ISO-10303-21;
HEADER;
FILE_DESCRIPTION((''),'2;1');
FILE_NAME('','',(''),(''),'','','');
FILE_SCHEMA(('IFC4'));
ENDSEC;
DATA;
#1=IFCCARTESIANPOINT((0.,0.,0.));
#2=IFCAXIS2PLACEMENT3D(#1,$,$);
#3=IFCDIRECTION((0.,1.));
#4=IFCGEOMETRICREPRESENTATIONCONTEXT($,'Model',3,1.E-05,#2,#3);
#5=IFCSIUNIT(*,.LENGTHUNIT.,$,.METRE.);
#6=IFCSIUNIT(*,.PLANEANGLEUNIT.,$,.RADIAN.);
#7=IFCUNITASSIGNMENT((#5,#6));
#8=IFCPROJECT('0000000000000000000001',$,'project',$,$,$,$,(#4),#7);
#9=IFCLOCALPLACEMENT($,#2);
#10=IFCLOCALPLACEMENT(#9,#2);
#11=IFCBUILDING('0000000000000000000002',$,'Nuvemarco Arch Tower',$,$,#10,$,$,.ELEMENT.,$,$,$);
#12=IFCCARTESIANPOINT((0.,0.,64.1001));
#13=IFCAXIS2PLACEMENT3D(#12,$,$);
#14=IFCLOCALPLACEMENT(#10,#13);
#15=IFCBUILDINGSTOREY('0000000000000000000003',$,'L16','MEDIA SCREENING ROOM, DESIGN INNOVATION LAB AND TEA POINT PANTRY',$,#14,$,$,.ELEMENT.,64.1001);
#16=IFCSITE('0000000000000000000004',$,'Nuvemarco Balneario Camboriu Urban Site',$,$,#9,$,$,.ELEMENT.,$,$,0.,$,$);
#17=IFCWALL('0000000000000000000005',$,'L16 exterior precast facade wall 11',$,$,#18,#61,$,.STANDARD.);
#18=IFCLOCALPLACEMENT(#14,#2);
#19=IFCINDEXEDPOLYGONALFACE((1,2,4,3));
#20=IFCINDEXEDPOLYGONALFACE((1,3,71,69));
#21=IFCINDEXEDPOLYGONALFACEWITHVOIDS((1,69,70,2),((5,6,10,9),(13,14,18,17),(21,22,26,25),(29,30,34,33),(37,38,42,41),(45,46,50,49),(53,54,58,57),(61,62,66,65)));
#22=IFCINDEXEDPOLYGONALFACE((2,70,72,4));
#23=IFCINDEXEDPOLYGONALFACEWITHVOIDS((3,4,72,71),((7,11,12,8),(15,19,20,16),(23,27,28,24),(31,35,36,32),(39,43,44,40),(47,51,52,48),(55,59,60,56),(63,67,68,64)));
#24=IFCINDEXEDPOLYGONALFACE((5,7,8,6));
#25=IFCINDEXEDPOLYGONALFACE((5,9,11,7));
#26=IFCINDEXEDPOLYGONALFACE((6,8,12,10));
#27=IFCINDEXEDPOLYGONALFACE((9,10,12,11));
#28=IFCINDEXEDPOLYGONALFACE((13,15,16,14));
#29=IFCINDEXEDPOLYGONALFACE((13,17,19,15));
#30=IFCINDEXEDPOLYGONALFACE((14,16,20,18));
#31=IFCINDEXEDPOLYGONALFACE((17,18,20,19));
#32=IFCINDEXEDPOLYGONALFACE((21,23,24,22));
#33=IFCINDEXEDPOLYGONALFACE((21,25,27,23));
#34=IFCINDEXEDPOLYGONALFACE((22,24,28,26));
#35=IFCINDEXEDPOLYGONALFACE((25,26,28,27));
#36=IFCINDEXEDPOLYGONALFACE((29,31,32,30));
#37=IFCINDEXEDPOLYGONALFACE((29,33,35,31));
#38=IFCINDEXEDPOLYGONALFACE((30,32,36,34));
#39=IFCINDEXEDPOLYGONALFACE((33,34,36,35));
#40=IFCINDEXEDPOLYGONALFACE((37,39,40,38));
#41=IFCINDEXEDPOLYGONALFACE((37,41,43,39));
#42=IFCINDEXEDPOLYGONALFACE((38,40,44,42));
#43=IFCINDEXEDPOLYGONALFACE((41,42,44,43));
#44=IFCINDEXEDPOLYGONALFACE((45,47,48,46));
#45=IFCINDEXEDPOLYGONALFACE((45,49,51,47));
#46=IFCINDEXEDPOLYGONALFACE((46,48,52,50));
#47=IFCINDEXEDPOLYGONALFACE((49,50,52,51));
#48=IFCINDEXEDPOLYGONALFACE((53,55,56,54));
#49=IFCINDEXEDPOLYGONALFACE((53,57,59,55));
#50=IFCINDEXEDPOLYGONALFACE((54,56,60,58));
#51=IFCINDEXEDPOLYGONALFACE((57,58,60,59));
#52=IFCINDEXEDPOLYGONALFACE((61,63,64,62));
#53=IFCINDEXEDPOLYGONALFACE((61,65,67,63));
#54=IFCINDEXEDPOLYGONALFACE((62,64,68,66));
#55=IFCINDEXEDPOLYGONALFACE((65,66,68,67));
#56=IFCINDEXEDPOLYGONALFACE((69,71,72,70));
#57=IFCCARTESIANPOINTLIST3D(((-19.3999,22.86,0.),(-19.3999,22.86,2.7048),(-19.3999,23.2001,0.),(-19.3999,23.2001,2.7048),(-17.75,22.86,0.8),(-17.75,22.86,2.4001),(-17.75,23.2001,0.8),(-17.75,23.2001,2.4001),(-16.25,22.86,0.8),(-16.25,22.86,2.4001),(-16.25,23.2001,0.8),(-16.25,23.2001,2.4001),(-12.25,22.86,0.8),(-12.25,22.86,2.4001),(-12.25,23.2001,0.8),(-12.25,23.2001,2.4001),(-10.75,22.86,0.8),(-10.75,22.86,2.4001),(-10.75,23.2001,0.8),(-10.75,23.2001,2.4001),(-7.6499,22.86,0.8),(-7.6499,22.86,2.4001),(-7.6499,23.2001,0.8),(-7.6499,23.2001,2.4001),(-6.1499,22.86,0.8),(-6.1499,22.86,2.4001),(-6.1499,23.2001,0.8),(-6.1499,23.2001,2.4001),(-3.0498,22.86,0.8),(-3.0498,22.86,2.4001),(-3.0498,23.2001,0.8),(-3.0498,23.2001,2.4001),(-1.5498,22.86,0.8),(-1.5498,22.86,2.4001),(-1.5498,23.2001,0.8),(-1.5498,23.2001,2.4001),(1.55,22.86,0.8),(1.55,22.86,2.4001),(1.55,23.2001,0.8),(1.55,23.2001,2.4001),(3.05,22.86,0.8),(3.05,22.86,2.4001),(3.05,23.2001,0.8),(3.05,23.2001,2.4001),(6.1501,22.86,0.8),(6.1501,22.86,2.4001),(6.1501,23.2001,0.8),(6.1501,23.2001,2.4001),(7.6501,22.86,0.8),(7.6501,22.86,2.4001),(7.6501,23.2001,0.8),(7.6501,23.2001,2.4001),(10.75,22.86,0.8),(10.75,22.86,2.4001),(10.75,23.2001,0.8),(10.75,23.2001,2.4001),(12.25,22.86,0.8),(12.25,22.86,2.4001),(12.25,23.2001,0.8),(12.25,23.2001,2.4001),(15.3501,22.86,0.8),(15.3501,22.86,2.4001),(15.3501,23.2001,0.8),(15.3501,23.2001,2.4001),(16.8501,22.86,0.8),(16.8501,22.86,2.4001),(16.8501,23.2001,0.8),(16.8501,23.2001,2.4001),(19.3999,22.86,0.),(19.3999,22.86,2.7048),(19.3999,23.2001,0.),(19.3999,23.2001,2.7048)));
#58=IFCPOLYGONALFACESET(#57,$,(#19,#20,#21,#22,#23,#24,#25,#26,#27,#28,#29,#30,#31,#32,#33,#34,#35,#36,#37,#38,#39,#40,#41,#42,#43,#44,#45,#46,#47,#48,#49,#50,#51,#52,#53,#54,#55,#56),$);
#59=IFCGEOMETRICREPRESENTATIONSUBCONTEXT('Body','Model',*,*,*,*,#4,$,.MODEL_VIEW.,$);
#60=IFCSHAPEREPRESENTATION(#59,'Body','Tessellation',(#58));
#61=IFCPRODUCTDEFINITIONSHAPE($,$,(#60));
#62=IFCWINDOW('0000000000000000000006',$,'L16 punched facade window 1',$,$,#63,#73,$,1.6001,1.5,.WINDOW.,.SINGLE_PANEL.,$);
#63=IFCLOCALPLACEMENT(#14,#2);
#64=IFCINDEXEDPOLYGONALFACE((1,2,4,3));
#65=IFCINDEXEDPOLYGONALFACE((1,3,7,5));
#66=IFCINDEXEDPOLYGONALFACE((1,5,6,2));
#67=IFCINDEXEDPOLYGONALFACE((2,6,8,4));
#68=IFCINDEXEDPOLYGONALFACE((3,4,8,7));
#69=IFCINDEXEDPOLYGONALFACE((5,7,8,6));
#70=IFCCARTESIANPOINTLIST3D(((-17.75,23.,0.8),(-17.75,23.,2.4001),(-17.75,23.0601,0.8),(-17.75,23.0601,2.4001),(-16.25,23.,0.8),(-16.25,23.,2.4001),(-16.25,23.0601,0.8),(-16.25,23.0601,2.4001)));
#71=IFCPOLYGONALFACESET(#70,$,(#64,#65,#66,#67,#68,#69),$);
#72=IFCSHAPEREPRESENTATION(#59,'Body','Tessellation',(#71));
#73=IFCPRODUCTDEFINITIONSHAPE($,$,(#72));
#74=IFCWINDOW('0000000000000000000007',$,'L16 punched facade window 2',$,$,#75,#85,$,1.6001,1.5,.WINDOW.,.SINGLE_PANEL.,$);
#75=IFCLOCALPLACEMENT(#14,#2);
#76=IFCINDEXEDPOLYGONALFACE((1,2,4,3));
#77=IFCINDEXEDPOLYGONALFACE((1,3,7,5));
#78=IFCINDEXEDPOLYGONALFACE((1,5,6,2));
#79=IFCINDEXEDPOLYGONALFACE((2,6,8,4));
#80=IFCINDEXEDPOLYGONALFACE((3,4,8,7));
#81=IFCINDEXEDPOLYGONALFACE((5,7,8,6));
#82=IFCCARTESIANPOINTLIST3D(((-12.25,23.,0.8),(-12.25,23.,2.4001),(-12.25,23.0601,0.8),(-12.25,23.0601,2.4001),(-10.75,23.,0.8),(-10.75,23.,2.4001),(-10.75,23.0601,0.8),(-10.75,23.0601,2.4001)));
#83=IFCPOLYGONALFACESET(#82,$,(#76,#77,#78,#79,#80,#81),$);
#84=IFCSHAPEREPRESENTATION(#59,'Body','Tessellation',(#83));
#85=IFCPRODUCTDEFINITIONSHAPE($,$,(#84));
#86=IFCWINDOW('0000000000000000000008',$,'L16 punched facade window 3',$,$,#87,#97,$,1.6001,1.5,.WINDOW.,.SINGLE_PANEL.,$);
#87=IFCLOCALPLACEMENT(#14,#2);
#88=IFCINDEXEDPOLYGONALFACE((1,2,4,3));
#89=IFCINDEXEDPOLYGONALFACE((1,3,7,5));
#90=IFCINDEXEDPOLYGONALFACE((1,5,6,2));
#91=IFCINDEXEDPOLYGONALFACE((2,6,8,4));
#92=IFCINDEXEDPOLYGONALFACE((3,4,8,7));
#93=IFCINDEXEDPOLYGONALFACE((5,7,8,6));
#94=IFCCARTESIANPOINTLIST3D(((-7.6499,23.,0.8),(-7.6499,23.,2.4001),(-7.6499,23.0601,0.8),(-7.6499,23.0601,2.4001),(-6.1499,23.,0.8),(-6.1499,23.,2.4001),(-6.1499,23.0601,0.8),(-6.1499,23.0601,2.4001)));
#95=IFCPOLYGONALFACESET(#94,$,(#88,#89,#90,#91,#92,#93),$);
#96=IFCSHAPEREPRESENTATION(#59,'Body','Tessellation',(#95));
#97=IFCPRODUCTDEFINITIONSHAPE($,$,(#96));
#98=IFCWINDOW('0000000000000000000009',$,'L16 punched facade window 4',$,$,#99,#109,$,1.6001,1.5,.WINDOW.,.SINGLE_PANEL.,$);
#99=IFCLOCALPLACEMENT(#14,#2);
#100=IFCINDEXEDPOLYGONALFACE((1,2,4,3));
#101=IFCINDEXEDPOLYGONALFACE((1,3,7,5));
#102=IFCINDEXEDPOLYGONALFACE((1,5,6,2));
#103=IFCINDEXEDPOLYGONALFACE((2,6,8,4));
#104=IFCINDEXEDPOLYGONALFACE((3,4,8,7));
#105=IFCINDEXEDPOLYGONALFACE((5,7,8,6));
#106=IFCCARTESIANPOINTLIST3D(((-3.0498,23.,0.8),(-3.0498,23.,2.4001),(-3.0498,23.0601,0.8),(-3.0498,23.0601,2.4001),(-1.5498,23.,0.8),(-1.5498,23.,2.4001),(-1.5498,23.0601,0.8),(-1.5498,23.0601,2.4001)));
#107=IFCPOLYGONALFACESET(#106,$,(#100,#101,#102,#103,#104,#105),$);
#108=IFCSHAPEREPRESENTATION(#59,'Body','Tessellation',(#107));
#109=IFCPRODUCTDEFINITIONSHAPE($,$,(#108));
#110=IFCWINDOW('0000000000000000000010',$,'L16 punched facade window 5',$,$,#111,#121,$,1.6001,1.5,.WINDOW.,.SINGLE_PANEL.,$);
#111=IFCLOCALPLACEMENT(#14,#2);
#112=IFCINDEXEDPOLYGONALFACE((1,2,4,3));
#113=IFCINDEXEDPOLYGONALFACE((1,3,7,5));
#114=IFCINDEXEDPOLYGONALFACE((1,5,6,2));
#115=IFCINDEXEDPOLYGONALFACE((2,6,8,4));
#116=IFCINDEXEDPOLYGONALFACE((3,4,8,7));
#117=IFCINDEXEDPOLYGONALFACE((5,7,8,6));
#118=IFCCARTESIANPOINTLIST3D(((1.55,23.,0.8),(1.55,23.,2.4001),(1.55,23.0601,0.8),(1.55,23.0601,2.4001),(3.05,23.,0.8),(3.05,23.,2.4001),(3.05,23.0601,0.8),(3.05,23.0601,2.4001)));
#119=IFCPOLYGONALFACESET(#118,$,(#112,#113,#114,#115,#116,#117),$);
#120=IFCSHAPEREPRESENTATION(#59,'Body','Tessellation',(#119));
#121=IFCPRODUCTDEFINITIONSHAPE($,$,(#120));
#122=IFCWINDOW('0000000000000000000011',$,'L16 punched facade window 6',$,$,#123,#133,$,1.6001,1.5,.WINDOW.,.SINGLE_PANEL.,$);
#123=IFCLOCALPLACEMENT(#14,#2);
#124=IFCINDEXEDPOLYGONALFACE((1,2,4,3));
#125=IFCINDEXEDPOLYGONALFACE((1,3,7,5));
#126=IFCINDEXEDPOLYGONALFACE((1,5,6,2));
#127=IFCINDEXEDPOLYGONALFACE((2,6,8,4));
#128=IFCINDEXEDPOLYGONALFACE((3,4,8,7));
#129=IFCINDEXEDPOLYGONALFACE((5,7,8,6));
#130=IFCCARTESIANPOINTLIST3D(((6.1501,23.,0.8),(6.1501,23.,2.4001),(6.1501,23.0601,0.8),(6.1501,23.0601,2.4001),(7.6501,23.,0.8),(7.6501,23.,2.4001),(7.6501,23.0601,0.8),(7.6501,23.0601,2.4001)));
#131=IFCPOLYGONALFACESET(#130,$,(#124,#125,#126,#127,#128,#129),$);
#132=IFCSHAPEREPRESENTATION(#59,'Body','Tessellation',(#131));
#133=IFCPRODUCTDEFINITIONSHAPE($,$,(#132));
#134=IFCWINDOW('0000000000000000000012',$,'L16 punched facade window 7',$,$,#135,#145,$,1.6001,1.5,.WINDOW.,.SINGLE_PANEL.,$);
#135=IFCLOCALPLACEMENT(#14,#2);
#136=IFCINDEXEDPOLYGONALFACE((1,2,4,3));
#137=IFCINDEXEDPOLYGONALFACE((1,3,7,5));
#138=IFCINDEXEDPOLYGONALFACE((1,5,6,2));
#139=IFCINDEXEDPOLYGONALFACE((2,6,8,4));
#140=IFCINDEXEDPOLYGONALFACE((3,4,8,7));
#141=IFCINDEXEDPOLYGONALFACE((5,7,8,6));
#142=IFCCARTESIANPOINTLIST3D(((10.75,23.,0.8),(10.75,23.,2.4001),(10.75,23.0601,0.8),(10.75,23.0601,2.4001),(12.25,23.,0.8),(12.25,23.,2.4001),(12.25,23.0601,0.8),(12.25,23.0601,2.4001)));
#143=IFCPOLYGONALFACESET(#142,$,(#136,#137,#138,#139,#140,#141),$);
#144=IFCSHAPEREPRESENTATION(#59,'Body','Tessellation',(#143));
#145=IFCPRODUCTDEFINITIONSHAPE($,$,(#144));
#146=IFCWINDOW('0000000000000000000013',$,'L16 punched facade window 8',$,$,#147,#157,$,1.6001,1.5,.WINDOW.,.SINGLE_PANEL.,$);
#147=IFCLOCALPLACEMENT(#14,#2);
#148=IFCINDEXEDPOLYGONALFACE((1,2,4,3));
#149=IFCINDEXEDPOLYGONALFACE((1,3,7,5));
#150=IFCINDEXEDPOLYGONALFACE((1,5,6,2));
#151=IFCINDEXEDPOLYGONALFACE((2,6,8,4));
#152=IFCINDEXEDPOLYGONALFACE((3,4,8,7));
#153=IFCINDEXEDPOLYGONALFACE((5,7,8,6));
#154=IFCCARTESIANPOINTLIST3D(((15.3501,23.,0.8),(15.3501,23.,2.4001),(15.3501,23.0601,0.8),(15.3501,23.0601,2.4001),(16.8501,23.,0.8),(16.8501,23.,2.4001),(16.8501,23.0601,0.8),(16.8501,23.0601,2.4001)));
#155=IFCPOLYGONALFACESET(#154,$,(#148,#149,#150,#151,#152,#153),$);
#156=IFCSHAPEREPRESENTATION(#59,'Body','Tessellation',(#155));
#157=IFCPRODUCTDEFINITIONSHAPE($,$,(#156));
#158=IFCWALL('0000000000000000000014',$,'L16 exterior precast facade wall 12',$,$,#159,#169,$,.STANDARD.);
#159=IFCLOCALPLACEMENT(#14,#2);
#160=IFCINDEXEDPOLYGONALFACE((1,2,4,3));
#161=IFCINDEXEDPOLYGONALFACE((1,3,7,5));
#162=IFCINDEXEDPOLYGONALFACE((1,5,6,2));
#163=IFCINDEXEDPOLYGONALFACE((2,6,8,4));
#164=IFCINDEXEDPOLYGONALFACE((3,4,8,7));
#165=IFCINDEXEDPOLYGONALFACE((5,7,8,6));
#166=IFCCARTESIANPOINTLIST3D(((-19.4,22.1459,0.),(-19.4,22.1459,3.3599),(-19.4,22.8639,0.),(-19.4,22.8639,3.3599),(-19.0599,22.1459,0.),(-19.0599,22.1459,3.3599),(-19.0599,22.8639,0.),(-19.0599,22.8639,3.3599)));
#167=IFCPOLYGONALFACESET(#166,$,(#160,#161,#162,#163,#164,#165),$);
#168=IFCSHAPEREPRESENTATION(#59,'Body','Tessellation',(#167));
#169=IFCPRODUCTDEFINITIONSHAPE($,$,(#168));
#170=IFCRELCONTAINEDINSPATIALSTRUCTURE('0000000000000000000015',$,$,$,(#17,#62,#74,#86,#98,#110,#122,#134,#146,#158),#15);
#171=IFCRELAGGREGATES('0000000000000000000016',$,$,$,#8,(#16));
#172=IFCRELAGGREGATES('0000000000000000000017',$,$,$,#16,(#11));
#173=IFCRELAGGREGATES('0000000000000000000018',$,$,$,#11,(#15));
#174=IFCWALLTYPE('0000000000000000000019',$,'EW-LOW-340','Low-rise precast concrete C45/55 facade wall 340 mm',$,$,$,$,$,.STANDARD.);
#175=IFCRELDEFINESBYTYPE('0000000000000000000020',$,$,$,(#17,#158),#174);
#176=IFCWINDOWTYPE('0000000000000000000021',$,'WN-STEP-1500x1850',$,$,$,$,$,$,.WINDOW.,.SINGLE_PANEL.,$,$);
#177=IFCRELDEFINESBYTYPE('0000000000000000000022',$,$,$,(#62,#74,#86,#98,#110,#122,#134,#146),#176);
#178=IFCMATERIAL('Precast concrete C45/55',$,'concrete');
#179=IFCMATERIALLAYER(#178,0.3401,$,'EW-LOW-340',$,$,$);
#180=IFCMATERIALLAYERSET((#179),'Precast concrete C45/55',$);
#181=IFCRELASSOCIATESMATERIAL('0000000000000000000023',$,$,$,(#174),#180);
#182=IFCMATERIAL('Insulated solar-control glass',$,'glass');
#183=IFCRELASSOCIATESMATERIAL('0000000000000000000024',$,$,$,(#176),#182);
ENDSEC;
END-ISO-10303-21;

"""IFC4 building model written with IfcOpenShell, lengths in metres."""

from ifc_helpers import new_model, si_unit, direction, frame, frame_2d, origin, place, context, subcontext, project, spatial, rectangle, extrude, source, transform, mapped, material, layer, layer_set, type_object, type_shapes, element, fill, save


model = new_model("IFC4")

# Units and contexts
model_context = context("Model", 3, precision=1e-05, world=origin(), true_north=direction((0.0, 1.0)))
body_context = subcontext(model_context, "Body", "Model", "MODEL_VIEW")
ifc_project = project(units=[si_unit("LENGTHUNIT", "METRE"), si_unit("PLANEANGLEUNIT", "RADIAN")], contexts=[model_context])

# Site, building, storey
site_placement = place(None, origin())
site = spatial("IfcSite", under=ifc_project, at=site_placement, Name="Nuvemarco Balneario Camboriu Urban Site", CompositionType="ELEMENT", RefElevation=0.0)
building_placement = place(site_placement, origin())
building = spatial("IfcBuilding", under=site, at=building_placement, Name="Nuvemarco Arch Tower", CompositionType="ELEMENT")
storey_placement = place(building_placement, frame((0.0, 0.0, 64.1001)))
storey = spatial("IfcBuildingStorey", under=building, at=storey_placement, Name="L16", Description="MEDIA SCREENING ROOM, DESIGN INNOVATION LAB AND TEA POINT PANTRY", CompositionType="ELEMENT", Elevation=64.1001)

# Wall, openings, windows
ifc_material_1 = material(Name="Precast concrete C45/55", Category="concrete")
ifc_layer_1 = layer(ifc_material_1, 0.3401, Name="EW-LOW-340")
ifc_layer_set_1 = layer_set([ifc_layer_1], Name="Precast concrete C45/55")
wall_type_1 = type_object("IfcWallType", Name="EW-LOW-340", Description="Low-rise precast concrete C45/55 facade wall 340 mm", PredefinedType="STANDARD", material=ifc_layer_set_1)
wall_1_placement = place(storey_placement, frame((-19.3999, 23.03, 0.0), z_axis=(0.0, 0.0, 1.0), x_axis=(1.0, 0.0, 0.0)))
wall_1 = element("IfcWall", 1, at=wall_1_placement, inside=storey, type_object=wall_type_1, Name="L16 exterior precast facade wall 11", PredefinedType="STANDARD", context=body_context, shape_type="SweptSolid", body=[
    extrude(rectangle(XDim=38.7998, YDim=0.3401, at=frame_2d((19.3999, 0.0))), origin(), (0.0, 0.0, 1.0), 2.7048),
])
opening_1_placement = place(wall_1_placement, frame((1.6499, 0.0, 0.8)))
opening_1 = element("IfcOpeningElement", 2, at=opening_1_placement, cuts=wall_1, PredefinedType="OPENING", context=body_context, shape_type="SweptSolid", body=[
    extrude(rectangle(XDim=1.5, YDim=1.6001, at=frame_2d((0.75, 0.8))), frame((0.0, 0.1799, 0.0), z_axis=(0.0, -1.0, 0.0), x_axis=(1.0, 0.0, 0.0)), (0.0, 0.0, 1.0), 0.3601),
])
opening_2_placement = place(wall_1_placement, frame((7.1499, 0.0, 0.8)))
opening_2 = element("IfcOpeningElement", 3, at=opening_2_placement, cuts=wall_1, PredefinedType="OPENING", context=body_context, shape_type="SweptSolid", body=[
    extrude(rectangle(XDim=1.5, YDim=1.6001, at=frame_2d((0.75, 0.8))), frame((0.0, 0.1799, 0.0), z_axis=(0.0, -1.0, 0.0), x_axis=(1.0, 0.0, 0.0)), (0.0, 0.0, 1.0), 0.3601),
])
opening_3_placement = place(wall_1_placement, frame((11.75, 0.0, 0.8)))
opening_3 = element("IfcOpeningElement", 4, at=opening_3_placement, cuts=wall_1, PredefinedType="OPENING", context=body_context, shape_type="SweptSolid", body=[
    extrude(rectangle(XDim=1.5, YDim=1.6001, at=frame_2d((0.75, 0.8))), frame((0.0, 0.1799, 0.0), z_axis=(0.0, -1.0, 0.0), x_axis=(1.0, 0.0, 0.0)), (0.0, 0.0, 1.0), 0.3601),
])
opening_4_placement = place(wall_1_placement, frame((16.3501, 0.0, 0.8)))
opening_4 = element("IfcOpeningElement", 5, at=opening_4_placement, cuts=wall_1, PredefinedType="OPENING", context=body_context, shape_type="SweptSolid", body=[
    extrude(rectangle(XDim=1.5, YDim=1.6001, at=frame_2d((0.75, 0.8))), frame((0.0, 0.1799, 0.0), z_axis=(0.0, -1.0, 0.0), x_axis=(1.0, 0.0, 0.0)), (0.0, 0.0, 1.0), 0.3601),
])
opening_5_placement = place(wall_1_placement, frame((20.95, 0.0, 0.8)))
opening_5 = element("IfcOpeningElement", 6, at=opening_5_placement, cuts=wall_1, PredefinedType="OPENING", context=body_context, shape_type="SweptSolid", body=[
    extrude(rectangle(XDim=1.5, YDim=1.6001, at=frame_2d((0.75, 0.8))), frame((0.0, 0.1799, 0.0), z_axis=(0.0, -1.0, 0.0), x_axis=(1.0, 0.0, 0.0)), (0.0, 0.0, 1.0), 0.3601),
])
opening_6_placement = place(wall_1_placement, frame((25.55, 0.0, 0.8)))
opening_6 = element("IfcOpeningElement", 7, at=opening_6_placement, cuts=wall_1, PredefinedType="OPENING", context=body_context, shape_type="SweptSolid", body=[
    extrude(rectangle(XDim=1.5, YDim=1.6001, at=frame_2d((0.75, 0.8))), frame((0.0, 0.1799, 0.0), z_axis=(0.0, -1.0, 0.0), x_axis=(1.0, 0.0, 0.0)), (0.0, 0.0, 1.0), 0.3601),
])
opening_7_placement = place(wall_1_placement, frame((30.1499, 0.0, 0.8)))
opening_7 = element("IfcOpeningElement", 8, at=opening_7_placement, cuts=wall_1, PredefinedType="OPENING", context=body_context, shape_type="SweptSolid", body=[
    extrude(rectangle(XDim=1.5, YDim=1.6001, at=frame_2d((0.75, 0.8))), frame((0.0, 0.1799, 0.0), z_axis=(0.0, -1.0, 0.0), x_axis=(1.0, 0.0, 0.0)), (0.0, 0.0, 1.0), 0.3601),
])
opening_8_placement = place(wall_1_placement, frame((34.75, 0.0, 0.8)))
opening_8 = element("IfcOpeningElement", 9, at=opening_8_placement, cuts=wall_1, PredefinedType="OPENING", context=body_context, shape_type="SweptSolid", body=[
    extrude(rectangle(XDim=1.5, YDim=1.6001, at=frame_2d((0.75, 0.8))), frame((0.0, 0.1799, 0.0), z_axis=(0.0, -1.0, 0.0), x_axis=(1.0, 0.0, 0.0)), (0.0, 0.0, 1.0), 0.3601),
])
ifc_material_2 = material(Name="Insulated solar-control glass", Category="glass")
window_type = type_object("IfcWindowType", Name="WN-STEP-1500x1850", PartitioningType="SINGLE_PANEL", PredefinedType="WINDOW", material=ifc_material_2)
shared_shape_1 = source(origin(), body_context, "Body", "SweptSolid", [
    extrude(rectangle(XDim=1.5, YDim=1.6001, at=frame_2d((0.75, 0.8))), frame((0.0, 0.03, 0.0), z_axis=(0.0, -1.0, 0.0), x_axis=(1.0, 0.0, 0.0)), (0.0, 0.0, 1.0), 0.0601),
])
type_shapes(window_type, [shared_shape_1])
window_1_placement = place(opening_1_placement, origin())
window_1 = element("IfcWindow", 10, at=window_1_placement, inside=storey, type_object=window_type, Name="L16 punched facade window 1", OverallHeight=1.6001, OverallWidth=1.5, PartitioningType="SINGLE_PANEL", PredefinedType="WINDOW", context=body_context, shape_type="MappedRepresentation", body=[
    mapped(shared_shape_1, transform((0.0, 0.0, 0.0), scale=1.0)),
])
fill(opening_1, window_1)
window_2_placement = place(opening_2_placement, origin())
window_2 = element("IfcWindow", 11, at=window_2_placement, inside=storey, type_object=window_type, Name="L16 punched facade window 2", OverallHeight=1.6001, OverallWidth=1.5, PartitioningType="SINGLE_PANEL", PredefinedType="WINDOW", context=body_context, shape_type="MappedRepresentation", body=[
    mapped(shared_shape_1, transform((0.0, 0.0, 0.0), scale=1.0)),
])
fill(opening_2, window_2)
window_3_placement = place(opening_3_placement, origin())
window_3 = element("IfcWindow", 12, at=window_3_placement, inside=storey, type_object=window_type, Name="L16 punched facade window 3", OverallHeight=1.6001, OverallWidth=1.5, PartitioningType="SINGLE_PANEL", PredefinedType="WINDOW", context=body_context, shape_type="MappedRepresentation", body=[
    mapped(shared_shape_1, transform((0.0, 0.0, 0.0), scale=1.0)),
])
fill(opening_3, window_3)
window_4_placement = place(opening_4_placement, origin())
window_4 = element("IfcWindow", 13, at=window_4_placement, inside=storey, type_object=window_type, Name="L16 punched facade window 4", OverallHeight=1.6001, OverallWidth=1.5, PartitioningType="SINGLE_PANEL", PredefinedType="WINDOW", context=body_context, shape_type="MappedRepresentation", body=[
    mapped(shared_shape_1, transform((0.0, 0.0, 0.0), scale=1.0)),
])
fill(opening_4, window_4)
window_5_placement = place(opening_5_placement, origin())
window_5 = element("IfcWindow", 14, at=window_5_placement, inside=storey, type_object=window_type, Name="L16 punched facade window 5", OverallHeight=1.6001, OverallWidth=1.5, PartitioningType="SINGLE_PANEL", PredefinedType="WINDOW", context=body_context, shape_type="MappedRepresentation", body=[
    mapped(shared_shape_1, transform((0.0, 0.0, 0.0), scale=1.0)),
])
fill(opening_5, window_5)
window_6_placement = place(opening_6_placement, origin())
window_6 = element("IfcWindow", 15, at=window_6_placement, inside=storey, type_object=window_type, Name="L16 punched facade window 6", OverallHeight=1.6001, OverallWidth=1.5, PartitioningType="SINGLE_PANEL", PredefinedType="WINDOW", context=body_context, shape_type="MappedRepresentation", body=[
    mapped(shared_shape_1, transform((0.0, 0.0, 0.0), scale=1.0)),
])
fill(opening_6, window_6)
window_7_placement = place(opening_7_placement, origin())
window_7 = element("IfcWindow", 16, at=window_7_placement, inside=storey, type_object=window_type, Name="L16 punched facade window 7", OverallHeight=1.6001, OverallWidth=1.5, PartitioningType="SINGLE_PANEL", PredefinedType="WINDOW", context=body_context, shape_type="MappedRepresentation", body=[
    mapped(shared_shape_1, transform((0.0, 0.0, 0.0), scale=1.0)),
])
fill(opening_7, window_7)
window_8_placement = place(opening_8_placement, origin())
window_8 = element("IfcWindow", 17, at=window_8_placement, inside=storey, type_object=window_type, Name="L16 punched facade window 8", OverallHeight=1.6001, OverallWidth=1.5, PartitioningType="SINGLE_PANEL", PredefinedType="WINDOW", context=body_context, shape_type="MappedRepresentation", body=[
    mapped(shared_shape_1, transform((0.0, 0.0, 0.0), scale=1.0)),
])
fill(opening_8, window_8)

# Wall
wall_2_placement = place(storey_placement, frame((-19.23, 22.146, 0.0), z_axis=(0.0, 0.0, 1.0), x_axis=(0.0, 1.0, 0.0)))
element("IfcWall", 18, at=wall_2_placement, inside=storey, type_object=wall_type_1, Name="L16 exterior precast facade wall 12", PredefinedType="STANDARD", context=body_context, shape_type="SweptSolid", body=[
    extrude(rectangle(XDim=0.718, YDim=0.3401, at=frame_2d((0.3589, 0.0))), origin(), (0.0, 0.0, 1.0), 3.3599),
])

save(model, "model.ifc")
